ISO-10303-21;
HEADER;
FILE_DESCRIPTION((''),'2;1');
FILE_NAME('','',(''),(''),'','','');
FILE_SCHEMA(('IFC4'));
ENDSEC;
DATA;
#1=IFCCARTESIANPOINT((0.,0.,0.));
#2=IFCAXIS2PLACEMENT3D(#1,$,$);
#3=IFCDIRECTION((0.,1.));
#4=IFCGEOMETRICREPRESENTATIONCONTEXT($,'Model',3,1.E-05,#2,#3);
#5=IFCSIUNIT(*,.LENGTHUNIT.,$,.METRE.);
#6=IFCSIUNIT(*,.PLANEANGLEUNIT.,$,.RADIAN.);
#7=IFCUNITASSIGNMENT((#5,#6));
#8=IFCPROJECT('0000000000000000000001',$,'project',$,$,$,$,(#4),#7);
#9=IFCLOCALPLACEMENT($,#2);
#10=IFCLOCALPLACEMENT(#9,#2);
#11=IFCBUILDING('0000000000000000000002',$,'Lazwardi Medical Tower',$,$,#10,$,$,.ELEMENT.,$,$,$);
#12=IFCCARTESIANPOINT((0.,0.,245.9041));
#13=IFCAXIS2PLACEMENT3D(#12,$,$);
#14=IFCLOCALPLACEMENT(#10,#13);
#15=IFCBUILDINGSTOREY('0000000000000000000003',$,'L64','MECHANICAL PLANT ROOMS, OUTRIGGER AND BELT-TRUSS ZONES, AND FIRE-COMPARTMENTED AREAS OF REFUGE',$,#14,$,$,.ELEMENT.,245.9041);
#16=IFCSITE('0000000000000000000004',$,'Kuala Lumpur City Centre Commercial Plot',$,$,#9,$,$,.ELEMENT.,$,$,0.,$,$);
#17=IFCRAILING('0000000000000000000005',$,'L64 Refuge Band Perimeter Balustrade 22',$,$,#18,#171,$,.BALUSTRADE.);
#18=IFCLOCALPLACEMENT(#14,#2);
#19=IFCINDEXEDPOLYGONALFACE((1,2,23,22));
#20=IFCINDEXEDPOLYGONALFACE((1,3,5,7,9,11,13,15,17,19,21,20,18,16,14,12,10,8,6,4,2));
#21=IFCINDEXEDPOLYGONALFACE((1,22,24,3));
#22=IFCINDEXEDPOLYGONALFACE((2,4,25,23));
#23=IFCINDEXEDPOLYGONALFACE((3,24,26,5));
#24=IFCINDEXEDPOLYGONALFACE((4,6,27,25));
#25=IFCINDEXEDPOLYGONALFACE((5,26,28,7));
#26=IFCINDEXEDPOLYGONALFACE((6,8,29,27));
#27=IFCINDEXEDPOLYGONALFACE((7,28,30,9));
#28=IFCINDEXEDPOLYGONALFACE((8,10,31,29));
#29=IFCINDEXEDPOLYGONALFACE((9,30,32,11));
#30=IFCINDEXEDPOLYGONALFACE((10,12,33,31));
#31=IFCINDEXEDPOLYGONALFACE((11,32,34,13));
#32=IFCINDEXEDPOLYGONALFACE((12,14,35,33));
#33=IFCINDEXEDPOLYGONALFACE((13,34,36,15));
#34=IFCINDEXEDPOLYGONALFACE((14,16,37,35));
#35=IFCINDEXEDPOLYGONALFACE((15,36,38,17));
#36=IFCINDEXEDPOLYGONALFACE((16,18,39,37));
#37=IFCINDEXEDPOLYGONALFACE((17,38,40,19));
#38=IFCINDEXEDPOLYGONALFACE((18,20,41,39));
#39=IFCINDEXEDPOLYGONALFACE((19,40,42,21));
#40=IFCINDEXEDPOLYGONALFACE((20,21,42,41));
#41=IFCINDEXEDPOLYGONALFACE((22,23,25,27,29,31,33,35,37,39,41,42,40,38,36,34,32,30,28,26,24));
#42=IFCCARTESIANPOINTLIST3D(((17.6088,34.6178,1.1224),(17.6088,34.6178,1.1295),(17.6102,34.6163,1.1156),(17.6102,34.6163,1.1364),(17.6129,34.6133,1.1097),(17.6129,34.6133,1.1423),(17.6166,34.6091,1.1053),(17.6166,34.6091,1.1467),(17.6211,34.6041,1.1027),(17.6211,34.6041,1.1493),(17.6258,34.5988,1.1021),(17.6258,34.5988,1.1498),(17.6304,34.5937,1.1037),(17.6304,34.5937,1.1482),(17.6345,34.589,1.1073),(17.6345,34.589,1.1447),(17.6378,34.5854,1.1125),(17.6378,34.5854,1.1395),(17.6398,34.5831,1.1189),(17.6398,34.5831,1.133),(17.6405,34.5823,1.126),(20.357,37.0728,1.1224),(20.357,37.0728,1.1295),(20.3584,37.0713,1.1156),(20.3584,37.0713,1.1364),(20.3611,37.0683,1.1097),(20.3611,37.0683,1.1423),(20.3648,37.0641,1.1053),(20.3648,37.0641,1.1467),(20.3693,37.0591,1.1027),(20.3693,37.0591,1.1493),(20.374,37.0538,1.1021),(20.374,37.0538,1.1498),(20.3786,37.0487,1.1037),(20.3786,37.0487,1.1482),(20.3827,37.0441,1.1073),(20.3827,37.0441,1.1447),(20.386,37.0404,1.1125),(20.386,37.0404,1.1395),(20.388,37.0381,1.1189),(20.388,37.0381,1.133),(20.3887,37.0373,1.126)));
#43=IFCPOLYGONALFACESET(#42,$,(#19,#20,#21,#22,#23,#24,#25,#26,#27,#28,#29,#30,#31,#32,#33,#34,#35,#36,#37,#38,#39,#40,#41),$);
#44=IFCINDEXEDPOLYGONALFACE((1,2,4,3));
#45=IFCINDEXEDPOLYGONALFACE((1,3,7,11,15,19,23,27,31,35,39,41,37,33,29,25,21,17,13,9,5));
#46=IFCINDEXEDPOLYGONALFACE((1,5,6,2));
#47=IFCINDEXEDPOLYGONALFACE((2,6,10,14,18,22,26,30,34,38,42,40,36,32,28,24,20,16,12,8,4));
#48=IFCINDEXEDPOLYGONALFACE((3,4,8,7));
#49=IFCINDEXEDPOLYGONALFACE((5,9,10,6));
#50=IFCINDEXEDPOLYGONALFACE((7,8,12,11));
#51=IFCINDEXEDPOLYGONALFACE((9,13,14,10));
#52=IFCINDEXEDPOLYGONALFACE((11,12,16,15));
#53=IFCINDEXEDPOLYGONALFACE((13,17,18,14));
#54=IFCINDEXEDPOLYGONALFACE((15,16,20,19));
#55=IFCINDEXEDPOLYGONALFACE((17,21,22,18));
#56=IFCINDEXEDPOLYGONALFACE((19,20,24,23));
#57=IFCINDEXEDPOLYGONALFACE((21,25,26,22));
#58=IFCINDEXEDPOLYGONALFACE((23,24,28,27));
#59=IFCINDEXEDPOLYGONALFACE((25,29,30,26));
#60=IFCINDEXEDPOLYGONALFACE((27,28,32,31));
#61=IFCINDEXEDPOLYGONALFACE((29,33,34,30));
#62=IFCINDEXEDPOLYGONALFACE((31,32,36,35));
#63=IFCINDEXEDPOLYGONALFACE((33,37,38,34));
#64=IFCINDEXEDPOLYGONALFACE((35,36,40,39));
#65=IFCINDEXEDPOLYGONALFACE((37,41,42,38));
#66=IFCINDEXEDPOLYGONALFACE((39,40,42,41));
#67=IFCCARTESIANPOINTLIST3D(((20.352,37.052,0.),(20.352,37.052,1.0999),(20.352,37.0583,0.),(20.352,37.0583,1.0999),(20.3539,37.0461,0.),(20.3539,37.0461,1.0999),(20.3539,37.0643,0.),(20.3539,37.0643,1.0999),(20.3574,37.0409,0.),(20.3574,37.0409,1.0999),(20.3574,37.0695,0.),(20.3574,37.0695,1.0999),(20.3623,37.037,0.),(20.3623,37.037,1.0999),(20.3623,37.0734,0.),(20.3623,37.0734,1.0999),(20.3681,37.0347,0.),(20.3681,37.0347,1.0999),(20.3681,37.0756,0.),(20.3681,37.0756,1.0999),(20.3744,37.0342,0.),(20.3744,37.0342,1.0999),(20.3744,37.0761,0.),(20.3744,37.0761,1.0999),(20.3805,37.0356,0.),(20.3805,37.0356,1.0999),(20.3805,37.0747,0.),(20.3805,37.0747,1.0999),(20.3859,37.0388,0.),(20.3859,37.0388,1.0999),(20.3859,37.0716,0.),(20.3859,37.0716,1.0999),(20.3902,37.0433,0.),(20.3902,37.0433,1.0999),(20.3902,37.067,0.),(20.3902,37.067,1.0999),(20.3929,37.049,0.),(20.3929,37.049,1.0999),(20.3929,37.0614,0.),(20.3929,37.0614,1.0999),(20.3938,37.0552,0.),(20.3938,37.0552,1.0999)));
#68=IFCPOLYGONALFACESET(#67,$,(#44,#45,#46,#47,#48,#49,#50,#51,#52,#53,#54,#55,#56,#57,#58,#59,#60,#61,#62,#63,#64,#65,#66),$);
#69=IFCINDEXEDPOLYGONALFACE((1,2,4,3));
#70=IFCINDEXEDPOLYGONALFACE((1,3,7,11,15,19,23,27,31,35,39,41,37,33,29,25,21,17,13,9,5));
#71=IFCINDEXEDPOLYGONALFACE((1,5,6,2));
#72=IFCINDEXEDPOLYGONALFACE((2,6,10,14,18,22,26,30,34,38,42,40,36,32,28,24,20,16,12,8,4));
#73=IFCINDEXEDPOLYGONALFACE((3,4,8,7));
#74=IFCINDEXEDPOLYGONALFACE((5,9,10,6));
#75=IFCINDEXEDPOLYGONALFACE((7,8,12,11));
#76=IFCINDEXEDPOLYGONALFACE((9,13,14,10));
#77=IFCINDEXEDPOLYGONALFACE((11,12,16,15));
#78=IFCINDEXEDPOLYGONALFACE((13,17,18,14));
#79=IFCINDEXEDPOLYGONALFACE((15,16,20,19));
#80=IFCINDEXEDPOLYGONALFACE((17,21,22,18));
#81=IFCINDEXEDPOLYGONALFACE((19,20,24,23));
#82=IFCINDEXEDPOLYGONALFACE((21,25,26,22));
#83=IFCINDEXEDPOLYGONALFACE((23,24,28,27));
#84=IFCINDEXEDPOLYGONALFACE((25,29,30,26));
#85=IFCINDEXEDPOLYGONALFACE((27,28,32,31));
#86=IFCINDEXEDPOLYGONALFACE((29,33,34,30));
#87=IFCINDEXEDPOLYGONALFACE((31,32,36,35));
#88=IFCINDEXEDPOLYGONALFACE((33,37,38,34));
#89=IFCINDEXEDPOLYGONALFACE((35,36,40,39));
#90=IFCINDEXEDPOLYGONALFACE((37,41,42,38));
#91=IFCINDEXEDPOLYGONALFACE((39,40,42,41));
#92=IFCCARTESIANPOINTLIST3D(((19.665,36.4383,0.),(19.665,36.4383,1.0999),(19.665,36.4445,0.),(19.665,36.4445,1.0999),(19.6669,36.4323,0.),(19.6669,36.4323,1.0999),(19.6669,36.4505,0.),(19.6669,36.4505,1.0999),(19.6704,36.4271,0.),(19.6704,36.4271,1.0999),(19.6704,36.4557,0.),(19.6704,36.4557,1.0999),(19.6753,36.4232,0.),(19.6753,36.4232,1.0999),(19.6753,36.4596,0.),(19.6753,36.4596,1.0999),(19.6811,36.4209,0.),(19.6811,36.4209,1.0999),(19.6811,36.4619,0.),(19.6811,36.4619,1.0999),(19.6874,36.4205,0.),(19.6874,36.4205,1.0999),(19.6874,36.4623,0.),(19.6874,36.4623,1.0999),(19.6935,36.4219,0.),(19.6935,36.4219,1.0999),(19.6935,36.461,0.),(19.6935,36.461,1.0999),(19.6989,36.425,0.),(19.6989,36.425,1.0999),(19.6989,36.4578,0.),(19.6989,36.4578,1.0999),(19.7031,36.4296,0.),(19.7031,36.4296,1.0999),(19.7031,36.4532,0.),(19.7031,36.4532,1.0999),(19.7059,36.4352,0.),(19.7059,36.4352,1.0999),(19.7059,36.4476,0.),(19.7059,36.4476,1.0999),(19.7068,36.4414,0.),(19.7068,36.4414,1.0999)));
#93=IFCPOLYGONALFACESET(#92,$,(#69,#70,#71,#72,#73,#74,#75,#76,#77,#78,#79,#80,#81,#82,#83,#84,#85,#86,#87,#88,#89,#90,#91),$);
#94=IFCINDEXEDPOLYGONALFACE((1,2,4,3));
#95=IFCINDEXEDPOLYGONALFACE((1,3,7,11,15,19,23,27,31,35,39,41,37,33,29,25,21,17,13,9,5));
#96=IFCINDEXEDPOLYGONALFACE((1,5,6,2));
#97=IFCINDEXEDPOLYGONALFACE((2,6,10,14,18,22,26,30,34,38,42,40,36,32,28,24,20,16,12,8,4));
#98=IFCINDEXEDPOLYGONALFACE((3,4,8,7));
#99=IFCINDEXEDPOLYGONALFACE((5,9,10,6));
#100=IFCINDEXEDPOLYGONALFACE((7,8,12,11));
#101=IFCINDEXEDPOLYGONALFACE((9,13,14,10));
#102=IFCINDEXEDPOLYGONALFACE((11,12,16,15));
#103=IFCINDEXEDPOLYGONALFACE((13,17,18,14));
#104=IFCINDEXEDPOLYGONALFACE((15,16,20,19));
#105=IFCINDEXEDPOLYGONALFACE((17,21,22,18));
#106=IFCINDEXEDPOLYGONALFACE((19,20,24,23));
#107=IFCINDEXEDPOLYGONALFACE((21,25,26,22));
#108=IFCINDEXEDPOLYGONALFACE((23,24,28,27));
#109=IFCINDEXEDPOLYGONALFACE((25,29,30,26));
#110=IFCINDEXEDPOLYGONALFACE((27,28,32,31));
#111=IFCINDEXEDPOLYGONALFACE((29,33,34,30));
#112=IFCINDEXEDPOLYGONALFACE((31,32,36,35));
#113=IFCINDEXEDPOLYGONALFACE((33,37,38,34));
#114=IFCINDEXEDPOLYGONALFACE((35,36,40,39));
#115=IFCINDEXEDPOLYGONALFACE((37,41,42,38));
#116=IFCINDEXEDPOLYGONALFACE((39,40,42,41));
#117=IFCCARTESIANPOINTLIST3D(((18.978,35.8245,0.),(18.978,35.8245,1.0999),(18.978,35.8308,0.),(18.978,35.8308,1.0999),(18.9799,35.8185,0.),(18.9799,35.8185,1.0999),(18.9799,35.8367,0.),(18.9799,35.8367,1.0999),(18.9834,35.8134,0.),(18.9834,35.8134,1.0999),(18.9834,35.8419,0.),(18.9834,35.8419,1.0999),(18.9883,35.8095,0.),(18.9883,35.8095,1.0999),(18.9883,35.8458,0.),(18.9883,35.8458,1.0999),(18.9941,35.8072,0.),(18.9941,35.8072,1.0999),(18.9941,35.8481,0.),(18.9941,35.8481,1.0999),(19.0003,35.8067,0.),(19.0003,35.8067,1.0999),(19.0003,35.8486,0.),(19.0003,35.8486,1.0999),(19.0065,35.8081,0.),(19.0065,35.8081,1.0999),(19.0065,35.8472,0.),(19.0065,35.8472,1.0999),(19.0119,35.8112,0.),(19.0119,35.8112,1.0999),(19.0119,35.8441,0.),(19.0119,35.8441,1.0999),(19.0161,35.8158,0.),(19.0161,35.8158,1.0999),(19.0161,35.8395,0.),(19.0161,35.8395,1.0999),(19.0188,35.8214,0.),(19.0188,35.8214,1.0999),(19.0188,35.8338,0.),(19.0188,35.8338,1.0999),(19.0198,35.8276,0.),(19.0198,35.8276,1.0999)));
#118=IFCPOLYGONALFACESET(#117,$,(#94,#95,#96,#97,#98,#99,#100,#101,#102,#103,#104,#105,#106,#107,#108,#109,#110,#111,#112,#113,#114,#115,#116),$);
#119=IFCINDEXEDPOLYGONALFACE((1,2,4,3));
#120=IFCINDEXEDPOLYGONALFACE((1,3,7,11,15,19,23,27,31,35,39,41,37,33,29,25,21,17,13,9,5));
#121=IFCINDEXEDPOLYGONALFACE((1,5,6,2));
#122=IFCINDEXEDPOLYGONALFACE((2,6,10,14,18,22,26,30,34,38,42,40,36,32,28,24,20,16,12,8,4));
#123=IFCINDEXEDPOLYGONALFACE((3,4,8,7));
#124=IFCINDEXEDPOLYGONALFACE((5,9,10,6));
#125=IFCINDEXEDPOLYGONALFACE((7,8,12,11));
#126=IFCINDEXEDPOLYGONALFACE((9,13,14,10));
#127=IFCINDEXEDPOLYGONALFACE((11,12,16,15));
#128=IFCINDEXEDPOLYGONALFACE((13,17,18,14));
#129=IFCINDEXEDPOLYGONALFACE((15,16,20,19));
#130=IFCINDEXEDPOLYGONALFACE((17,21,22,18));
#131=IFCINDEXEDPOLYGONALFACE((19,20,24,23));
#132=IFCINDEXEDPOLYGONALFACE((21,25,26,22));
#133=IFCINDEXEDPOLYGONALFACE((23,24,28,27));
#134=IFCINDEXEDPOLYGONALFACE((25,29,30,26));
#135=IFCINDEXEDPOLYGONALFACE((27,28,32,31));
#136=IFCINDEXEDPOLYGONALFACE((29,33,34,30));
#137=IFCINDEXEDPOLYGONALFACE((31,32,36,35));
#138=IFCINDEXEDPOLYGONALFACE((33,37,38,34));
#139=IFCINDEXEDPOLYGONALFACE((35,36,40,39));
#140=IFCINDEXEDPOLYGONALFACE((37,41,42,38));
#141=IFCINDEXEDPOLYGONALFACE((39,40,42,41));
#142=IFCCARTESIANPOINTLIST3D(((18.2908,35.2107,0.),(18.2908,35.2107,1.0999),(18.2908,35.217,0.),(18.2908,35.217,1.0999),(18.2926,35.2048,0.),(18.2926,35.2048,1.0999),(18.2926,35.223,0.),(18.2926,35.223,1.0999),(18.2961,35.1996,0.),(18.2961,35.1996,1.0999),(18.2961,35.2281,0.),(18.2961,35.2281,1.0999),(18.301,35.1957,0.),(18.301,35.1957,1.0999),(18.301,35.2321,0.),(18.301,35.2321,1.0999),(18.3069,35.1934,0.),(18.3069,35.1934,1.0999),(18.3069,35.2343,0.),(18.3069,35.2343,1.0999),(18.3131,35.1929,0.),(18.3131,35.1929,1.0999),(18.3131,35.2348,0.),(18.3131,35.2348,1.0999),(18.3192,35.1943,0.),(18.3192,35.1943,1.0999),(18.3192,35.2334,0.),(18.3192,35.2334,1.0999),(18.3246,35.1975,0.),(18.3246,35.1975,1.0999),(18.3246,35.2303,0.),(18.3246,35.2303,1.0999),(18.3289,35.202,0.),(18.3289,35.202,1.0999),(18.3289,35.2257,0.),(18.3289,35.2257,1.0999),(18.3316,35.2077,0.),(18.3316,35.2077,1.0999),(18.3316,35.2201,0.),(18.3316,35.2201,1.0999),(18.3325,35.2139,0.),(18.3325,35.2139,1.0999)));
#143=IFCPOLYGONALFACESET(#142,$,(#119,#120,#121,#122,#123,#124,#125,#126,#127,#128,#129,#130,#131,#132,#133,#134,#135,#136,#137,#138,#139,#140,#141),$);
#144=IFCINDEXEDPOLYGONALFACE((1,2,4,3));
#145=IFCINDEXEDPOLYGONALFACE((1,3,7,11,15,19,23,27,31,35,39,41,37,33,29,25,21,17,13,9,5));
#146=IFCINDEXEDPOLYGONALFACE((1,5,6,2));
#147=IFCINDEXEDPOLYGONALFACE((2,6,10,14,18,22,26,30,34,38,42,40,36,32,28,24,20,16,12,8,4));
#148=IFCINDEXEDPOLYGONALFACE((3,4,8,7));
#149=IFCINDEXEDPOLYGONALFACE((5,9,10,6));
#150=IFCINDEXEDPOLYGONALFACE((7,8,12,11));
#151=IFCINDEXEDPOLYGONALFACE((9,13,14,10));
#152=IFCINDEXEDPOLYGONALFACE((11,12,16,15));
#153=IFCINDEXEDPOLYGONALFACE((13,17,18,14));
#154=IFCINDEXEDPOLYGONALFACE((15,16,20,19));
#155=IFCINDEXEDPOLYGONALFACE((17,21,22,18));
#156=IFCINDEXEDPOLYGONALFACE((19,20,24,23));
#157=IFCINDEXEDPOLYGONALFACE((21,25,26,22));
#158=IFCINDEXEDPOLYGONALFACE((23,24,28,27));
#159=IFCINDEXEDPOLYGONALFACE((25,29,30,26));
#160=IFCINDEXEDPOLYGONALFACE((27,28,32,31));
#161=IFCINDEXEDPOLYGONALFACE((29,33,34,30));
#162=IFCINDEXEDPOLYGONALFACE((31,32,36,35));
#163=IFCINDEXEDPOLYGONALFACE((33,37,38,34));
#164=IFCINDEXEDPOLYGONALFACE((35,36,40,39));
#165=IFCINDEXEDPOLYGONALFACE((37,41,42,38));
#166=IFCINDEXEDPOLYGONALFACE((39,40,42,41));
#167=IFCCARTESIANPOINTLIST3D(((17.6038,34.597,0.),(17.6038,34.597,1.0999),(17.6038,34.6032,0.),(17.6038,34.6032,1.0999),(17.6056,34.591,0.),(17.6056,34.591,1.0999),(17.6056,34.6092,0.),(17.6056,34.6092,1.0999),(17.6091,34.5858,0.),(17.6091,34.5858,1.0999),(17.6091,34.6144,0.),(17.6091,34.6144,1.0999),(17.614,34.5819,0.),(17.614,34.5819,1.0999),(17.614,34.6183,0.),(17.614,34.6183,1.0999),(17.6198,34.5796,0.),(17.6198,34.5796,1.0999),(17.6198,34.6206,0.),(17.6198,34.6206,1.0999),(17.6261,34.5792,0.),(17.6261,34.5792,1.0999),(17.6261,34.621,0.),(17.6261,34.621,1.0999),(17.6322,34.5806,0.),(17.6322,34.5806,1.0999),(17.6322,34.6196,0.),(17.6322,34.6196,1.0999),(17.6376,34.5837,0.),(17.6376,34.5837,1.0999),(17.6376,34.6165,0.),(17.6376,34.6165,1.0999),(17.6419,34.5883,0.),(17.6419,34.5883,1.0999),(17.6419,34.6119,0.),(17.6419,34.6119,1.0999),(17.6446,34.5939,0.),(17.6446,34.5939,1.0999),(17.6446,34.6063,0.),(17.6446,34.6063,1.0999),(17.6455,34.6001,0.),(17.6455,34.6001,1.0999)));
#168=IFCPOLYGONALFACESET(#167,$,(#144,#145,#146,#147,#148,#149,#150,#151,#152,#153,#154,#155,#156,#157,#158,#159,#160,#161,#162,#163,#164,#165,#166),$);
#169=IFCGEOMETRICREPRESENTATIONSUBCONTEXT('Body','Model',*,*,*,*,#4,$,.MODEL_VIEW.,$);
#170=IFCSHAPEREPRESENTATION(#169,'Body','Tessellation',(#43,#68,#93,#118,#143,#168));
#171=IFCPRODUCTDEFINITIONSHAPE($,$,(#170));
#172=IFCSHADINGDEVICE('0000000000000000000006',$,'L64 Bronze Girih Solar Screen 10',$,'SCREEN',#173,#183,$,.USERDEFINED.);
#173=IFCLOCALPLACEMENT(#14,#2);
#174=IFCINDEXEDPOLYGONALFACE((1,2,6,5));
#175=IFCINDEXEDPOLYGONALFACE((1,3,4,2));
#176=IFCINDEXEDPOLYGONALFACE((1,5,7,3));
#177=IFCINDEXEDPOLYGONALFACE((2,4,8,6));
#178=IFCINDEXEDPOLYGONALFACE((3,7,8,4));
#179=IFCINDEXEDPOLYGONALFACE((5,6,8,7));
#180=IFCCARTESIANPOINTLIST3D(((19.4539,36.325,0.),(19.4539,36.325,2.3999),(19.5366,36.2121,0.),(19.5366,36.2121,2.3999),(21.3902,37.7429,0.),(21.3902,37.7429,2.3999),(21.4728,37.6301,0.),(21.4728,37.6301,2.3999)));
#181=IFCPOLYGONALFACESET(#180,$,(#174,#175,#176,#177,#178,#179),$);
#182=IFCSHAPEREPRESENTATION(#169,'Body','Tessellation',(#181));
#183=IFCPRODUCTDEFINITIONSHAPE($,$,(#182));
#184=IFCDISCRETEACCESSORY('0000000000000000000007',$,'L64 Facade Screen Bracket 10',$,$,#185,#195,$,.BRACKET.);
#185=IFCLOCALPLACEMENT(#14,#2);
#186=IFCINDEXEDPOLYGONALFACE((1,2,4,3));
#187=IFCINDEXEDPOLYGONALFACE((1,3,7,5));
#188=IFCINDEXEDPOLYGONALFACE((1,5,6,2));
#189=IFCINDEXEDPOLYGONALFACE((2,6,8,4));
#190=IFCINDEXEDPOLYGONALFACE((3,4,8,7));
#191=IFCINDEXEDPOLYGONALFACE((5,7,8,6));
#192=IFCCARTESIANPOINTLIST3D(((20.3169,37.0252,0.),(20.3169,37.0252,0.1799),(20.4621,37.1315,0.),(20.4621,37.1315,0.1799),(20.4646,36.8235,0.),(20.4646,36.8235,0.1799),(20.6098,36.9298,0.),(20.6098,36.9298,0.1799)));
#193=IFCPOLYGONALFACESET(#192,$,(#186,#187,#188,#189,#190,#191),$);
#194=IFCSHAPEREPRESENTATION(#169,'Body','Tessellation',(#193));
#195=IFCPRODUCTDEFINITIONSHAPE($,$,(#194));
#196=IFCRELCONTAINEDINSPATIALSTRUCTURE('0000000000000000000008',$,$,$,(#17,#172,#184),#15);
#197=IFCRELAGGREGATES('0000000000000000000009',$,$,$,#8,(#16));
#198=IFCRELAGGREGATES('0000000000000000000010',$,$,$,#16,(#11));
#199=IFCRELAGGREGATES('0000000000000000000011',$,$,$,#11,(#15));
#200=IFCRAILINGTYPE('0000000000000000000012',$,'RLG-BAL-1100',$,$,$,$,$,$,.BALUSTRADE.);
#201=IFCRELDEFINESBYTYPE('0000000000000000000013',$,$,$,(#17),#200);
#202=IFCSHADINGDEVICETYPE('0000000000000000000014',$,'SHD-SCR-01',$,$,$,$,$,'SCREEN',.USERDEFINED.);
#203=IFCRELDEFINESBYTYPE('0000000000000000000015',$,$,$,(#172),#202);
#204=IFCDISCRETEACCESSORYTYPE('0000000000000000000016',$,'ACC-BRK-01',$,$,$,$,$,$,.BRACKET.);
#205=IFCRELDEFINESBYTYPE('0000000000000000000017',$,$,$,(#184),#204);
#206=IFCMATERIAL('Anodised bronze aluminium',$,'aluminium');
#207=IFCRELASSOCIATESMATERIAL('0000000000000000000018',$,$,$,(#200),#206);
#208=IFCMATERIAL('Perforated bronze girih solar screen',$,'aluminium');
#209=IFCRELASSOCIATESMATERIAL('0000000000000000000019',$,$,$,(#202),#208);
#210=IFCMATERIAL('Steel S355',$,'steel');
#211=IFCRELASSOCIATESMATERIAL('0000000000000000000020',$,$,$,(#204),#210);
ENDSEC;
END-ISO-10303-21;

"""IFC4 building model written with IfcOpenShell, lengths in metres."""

from ifc_helpers import new_model, si_unit, direction, frame, origin, origin_2d, place, context, subcontext, project, spatial, rectangle, circle, extrude, material, type_object, element, save


model = new_model("IFC4")

# Units and contexts
model_context = context("Model", 3, precision=1e-05, world=origin(), true_north=direction((0.0, 1.0)))
body_context = subcontext(model_context, "Body", "Model", "MODEL_VIEW")
ifc_project = project(units=[si_unit("LENGTHUNIT", "METRE"), si_unit("PLANEANGLEUNIT", "RADIAN")], contexts=[model_context])

# Site, building, storey
site_placement = place(None, origin())
site = spatial("IfcSite", under=ifc_project, at=site_placement, Name="Kuala Lumpur City Centre Commercial Plot", CompositionType="ELEMENT", RefElevation=0.0)
building_placement = place(site_placement, origin())
building = spatial("IfcBuilding", under=site, at=building_placement, Name="Lazwardi Medical Tower", CompositionType="ELEMENT")
storey_placement = place(building_placement, frame((0.0, 0.0, 245.9041)))
storey = spatial("IfcBuildingStorey", under=building, at=storey_placement, Name="L64", Description="MECHANICAL PLANT ROOMS, OUTRIGGER AND BELT-TRUSS ZONES, AND FIRE-COMPARTMENTED AREAS OF REFUGE", CompositionType="ELEMENT", Elevation=245.9041)

# Shared definitions
ifc_material_1 = material(Name="Steel S355", Category="steel")

# Railing
ifc_material_2 = material(Name="Anodised bronze aluminium", Category="aluminium")
railing_type = type_object("IfcRailingType", Name="RLG-BAL-1100", PredefinedType="BALUSTRADE", material=ifc_material_2)
railing_1_placement = place(storey_placement, frame((20.3728, 37.0552, 0.0)))
element("IfcRailing", 1, at=railing_1_placement, inside=storey, type_object=railing_type, Name="L64 Refuge Band Perimeter Balustrade 22", PredefinedType="BALUSTRADE", context=body_context, shape_type="SweptSolid", body=[
    extrude(circle(Radius=0.0239, at=origin_2d()), frame((0.0, 0.0, 1.126), z_axis=(-0.74577, -0.666204, 0.0), x_axis=(0.666204, -0.74577, 0.0)), (0.0, 0.0, 1.0), 3.6851),
    extrude(circle(Radius=0.021, at=origin_2d()), origin(), (0.0, 0.0, 1.0), 1.0999),
    extrude(circle(Radius=0.021, at=origin_2d()), frame((-0.687, -0.6138, 0.0)), (0.0, 0.0, 1.0), 1.0999),
    extrude(circle(Radius=0.021, at=origin_2d()), frame((-1.374, -1.2275, 0.0)), (0.0, 0.0, 1.0), 1.0999),
    extrude(circle(Radius=0.021, at=origin_2d()), frame((-2.0613, -1.8413, 0.0)), (0.0, 0.0, 1.0), 1.0999),
    extrude(circle(Radius=0.021, at=origin_2d()), frame((-2.7483, -2.4551, 0.0)), (0.0, 0.0, 1.0), 1.0999),
])

# Shading device
ifc_material_3 = material(Name="Perforated bronze girih solar screen", Category="aluminium")
shading_device_type = type_object("IfcShadingDeviceType", Name="SHD-SCR-01", ElementType="SCREEN", PredefinedType="USERDEFINED", material=ifc_material_3)
shading_device_placement = place(storey_placement, frame((20.4634, 36.9775, 0.0), z_axis=(0.0, 0.0, 1.0), x_axis=(-0.806793, -0.590834, 0.0)))
element("IfcShadingDevice", 2, at=shading_device_placement, inside=storey, type_object=shading_device_type, Name="L64 Bronze Girih Solar Screen 10", ObjectType="SCREEN", PredefinedType="USERDEFINED", context=body_context, shape_type="SweptSolid", body=[
    extrude(rectangle(XDim=2.3999, YDim=0.1399, at=origin_2d()), origin(), (0.0, 0.0, 1.0), 2.3999),
])

# Discrete accessory
discrete_accessory_type = type_object("IfcDiscreteAccessoryType", Name="ACC-BRK-01", PredefinedType="BRACKET", material=ifc_material_1)
discrete_accessory_placement = place(storey_placement, frame((20.4634, 36.9775, 0.0), z_axis=(0.0, 0.0, 1.0), x_axis=(-0.806793, -0.590834, 0.0)))
element("IfcDiscreteAccessory", 3, at=discrete_accessory_placement, inside=storey, type_object=discrete_accessory_type, Name="L64 Facade Screen Bracket 10", PredefinedType="BRACKET", context=body_context, shape_type="SweptSolid", body=[
    extrude(rectangle(XDim=0.1799, YDim=0.25, at=origin_2d()), origin(), (0.0, 0.0, 1.0), 0.1799),
])

save(model, "model.ifc")
